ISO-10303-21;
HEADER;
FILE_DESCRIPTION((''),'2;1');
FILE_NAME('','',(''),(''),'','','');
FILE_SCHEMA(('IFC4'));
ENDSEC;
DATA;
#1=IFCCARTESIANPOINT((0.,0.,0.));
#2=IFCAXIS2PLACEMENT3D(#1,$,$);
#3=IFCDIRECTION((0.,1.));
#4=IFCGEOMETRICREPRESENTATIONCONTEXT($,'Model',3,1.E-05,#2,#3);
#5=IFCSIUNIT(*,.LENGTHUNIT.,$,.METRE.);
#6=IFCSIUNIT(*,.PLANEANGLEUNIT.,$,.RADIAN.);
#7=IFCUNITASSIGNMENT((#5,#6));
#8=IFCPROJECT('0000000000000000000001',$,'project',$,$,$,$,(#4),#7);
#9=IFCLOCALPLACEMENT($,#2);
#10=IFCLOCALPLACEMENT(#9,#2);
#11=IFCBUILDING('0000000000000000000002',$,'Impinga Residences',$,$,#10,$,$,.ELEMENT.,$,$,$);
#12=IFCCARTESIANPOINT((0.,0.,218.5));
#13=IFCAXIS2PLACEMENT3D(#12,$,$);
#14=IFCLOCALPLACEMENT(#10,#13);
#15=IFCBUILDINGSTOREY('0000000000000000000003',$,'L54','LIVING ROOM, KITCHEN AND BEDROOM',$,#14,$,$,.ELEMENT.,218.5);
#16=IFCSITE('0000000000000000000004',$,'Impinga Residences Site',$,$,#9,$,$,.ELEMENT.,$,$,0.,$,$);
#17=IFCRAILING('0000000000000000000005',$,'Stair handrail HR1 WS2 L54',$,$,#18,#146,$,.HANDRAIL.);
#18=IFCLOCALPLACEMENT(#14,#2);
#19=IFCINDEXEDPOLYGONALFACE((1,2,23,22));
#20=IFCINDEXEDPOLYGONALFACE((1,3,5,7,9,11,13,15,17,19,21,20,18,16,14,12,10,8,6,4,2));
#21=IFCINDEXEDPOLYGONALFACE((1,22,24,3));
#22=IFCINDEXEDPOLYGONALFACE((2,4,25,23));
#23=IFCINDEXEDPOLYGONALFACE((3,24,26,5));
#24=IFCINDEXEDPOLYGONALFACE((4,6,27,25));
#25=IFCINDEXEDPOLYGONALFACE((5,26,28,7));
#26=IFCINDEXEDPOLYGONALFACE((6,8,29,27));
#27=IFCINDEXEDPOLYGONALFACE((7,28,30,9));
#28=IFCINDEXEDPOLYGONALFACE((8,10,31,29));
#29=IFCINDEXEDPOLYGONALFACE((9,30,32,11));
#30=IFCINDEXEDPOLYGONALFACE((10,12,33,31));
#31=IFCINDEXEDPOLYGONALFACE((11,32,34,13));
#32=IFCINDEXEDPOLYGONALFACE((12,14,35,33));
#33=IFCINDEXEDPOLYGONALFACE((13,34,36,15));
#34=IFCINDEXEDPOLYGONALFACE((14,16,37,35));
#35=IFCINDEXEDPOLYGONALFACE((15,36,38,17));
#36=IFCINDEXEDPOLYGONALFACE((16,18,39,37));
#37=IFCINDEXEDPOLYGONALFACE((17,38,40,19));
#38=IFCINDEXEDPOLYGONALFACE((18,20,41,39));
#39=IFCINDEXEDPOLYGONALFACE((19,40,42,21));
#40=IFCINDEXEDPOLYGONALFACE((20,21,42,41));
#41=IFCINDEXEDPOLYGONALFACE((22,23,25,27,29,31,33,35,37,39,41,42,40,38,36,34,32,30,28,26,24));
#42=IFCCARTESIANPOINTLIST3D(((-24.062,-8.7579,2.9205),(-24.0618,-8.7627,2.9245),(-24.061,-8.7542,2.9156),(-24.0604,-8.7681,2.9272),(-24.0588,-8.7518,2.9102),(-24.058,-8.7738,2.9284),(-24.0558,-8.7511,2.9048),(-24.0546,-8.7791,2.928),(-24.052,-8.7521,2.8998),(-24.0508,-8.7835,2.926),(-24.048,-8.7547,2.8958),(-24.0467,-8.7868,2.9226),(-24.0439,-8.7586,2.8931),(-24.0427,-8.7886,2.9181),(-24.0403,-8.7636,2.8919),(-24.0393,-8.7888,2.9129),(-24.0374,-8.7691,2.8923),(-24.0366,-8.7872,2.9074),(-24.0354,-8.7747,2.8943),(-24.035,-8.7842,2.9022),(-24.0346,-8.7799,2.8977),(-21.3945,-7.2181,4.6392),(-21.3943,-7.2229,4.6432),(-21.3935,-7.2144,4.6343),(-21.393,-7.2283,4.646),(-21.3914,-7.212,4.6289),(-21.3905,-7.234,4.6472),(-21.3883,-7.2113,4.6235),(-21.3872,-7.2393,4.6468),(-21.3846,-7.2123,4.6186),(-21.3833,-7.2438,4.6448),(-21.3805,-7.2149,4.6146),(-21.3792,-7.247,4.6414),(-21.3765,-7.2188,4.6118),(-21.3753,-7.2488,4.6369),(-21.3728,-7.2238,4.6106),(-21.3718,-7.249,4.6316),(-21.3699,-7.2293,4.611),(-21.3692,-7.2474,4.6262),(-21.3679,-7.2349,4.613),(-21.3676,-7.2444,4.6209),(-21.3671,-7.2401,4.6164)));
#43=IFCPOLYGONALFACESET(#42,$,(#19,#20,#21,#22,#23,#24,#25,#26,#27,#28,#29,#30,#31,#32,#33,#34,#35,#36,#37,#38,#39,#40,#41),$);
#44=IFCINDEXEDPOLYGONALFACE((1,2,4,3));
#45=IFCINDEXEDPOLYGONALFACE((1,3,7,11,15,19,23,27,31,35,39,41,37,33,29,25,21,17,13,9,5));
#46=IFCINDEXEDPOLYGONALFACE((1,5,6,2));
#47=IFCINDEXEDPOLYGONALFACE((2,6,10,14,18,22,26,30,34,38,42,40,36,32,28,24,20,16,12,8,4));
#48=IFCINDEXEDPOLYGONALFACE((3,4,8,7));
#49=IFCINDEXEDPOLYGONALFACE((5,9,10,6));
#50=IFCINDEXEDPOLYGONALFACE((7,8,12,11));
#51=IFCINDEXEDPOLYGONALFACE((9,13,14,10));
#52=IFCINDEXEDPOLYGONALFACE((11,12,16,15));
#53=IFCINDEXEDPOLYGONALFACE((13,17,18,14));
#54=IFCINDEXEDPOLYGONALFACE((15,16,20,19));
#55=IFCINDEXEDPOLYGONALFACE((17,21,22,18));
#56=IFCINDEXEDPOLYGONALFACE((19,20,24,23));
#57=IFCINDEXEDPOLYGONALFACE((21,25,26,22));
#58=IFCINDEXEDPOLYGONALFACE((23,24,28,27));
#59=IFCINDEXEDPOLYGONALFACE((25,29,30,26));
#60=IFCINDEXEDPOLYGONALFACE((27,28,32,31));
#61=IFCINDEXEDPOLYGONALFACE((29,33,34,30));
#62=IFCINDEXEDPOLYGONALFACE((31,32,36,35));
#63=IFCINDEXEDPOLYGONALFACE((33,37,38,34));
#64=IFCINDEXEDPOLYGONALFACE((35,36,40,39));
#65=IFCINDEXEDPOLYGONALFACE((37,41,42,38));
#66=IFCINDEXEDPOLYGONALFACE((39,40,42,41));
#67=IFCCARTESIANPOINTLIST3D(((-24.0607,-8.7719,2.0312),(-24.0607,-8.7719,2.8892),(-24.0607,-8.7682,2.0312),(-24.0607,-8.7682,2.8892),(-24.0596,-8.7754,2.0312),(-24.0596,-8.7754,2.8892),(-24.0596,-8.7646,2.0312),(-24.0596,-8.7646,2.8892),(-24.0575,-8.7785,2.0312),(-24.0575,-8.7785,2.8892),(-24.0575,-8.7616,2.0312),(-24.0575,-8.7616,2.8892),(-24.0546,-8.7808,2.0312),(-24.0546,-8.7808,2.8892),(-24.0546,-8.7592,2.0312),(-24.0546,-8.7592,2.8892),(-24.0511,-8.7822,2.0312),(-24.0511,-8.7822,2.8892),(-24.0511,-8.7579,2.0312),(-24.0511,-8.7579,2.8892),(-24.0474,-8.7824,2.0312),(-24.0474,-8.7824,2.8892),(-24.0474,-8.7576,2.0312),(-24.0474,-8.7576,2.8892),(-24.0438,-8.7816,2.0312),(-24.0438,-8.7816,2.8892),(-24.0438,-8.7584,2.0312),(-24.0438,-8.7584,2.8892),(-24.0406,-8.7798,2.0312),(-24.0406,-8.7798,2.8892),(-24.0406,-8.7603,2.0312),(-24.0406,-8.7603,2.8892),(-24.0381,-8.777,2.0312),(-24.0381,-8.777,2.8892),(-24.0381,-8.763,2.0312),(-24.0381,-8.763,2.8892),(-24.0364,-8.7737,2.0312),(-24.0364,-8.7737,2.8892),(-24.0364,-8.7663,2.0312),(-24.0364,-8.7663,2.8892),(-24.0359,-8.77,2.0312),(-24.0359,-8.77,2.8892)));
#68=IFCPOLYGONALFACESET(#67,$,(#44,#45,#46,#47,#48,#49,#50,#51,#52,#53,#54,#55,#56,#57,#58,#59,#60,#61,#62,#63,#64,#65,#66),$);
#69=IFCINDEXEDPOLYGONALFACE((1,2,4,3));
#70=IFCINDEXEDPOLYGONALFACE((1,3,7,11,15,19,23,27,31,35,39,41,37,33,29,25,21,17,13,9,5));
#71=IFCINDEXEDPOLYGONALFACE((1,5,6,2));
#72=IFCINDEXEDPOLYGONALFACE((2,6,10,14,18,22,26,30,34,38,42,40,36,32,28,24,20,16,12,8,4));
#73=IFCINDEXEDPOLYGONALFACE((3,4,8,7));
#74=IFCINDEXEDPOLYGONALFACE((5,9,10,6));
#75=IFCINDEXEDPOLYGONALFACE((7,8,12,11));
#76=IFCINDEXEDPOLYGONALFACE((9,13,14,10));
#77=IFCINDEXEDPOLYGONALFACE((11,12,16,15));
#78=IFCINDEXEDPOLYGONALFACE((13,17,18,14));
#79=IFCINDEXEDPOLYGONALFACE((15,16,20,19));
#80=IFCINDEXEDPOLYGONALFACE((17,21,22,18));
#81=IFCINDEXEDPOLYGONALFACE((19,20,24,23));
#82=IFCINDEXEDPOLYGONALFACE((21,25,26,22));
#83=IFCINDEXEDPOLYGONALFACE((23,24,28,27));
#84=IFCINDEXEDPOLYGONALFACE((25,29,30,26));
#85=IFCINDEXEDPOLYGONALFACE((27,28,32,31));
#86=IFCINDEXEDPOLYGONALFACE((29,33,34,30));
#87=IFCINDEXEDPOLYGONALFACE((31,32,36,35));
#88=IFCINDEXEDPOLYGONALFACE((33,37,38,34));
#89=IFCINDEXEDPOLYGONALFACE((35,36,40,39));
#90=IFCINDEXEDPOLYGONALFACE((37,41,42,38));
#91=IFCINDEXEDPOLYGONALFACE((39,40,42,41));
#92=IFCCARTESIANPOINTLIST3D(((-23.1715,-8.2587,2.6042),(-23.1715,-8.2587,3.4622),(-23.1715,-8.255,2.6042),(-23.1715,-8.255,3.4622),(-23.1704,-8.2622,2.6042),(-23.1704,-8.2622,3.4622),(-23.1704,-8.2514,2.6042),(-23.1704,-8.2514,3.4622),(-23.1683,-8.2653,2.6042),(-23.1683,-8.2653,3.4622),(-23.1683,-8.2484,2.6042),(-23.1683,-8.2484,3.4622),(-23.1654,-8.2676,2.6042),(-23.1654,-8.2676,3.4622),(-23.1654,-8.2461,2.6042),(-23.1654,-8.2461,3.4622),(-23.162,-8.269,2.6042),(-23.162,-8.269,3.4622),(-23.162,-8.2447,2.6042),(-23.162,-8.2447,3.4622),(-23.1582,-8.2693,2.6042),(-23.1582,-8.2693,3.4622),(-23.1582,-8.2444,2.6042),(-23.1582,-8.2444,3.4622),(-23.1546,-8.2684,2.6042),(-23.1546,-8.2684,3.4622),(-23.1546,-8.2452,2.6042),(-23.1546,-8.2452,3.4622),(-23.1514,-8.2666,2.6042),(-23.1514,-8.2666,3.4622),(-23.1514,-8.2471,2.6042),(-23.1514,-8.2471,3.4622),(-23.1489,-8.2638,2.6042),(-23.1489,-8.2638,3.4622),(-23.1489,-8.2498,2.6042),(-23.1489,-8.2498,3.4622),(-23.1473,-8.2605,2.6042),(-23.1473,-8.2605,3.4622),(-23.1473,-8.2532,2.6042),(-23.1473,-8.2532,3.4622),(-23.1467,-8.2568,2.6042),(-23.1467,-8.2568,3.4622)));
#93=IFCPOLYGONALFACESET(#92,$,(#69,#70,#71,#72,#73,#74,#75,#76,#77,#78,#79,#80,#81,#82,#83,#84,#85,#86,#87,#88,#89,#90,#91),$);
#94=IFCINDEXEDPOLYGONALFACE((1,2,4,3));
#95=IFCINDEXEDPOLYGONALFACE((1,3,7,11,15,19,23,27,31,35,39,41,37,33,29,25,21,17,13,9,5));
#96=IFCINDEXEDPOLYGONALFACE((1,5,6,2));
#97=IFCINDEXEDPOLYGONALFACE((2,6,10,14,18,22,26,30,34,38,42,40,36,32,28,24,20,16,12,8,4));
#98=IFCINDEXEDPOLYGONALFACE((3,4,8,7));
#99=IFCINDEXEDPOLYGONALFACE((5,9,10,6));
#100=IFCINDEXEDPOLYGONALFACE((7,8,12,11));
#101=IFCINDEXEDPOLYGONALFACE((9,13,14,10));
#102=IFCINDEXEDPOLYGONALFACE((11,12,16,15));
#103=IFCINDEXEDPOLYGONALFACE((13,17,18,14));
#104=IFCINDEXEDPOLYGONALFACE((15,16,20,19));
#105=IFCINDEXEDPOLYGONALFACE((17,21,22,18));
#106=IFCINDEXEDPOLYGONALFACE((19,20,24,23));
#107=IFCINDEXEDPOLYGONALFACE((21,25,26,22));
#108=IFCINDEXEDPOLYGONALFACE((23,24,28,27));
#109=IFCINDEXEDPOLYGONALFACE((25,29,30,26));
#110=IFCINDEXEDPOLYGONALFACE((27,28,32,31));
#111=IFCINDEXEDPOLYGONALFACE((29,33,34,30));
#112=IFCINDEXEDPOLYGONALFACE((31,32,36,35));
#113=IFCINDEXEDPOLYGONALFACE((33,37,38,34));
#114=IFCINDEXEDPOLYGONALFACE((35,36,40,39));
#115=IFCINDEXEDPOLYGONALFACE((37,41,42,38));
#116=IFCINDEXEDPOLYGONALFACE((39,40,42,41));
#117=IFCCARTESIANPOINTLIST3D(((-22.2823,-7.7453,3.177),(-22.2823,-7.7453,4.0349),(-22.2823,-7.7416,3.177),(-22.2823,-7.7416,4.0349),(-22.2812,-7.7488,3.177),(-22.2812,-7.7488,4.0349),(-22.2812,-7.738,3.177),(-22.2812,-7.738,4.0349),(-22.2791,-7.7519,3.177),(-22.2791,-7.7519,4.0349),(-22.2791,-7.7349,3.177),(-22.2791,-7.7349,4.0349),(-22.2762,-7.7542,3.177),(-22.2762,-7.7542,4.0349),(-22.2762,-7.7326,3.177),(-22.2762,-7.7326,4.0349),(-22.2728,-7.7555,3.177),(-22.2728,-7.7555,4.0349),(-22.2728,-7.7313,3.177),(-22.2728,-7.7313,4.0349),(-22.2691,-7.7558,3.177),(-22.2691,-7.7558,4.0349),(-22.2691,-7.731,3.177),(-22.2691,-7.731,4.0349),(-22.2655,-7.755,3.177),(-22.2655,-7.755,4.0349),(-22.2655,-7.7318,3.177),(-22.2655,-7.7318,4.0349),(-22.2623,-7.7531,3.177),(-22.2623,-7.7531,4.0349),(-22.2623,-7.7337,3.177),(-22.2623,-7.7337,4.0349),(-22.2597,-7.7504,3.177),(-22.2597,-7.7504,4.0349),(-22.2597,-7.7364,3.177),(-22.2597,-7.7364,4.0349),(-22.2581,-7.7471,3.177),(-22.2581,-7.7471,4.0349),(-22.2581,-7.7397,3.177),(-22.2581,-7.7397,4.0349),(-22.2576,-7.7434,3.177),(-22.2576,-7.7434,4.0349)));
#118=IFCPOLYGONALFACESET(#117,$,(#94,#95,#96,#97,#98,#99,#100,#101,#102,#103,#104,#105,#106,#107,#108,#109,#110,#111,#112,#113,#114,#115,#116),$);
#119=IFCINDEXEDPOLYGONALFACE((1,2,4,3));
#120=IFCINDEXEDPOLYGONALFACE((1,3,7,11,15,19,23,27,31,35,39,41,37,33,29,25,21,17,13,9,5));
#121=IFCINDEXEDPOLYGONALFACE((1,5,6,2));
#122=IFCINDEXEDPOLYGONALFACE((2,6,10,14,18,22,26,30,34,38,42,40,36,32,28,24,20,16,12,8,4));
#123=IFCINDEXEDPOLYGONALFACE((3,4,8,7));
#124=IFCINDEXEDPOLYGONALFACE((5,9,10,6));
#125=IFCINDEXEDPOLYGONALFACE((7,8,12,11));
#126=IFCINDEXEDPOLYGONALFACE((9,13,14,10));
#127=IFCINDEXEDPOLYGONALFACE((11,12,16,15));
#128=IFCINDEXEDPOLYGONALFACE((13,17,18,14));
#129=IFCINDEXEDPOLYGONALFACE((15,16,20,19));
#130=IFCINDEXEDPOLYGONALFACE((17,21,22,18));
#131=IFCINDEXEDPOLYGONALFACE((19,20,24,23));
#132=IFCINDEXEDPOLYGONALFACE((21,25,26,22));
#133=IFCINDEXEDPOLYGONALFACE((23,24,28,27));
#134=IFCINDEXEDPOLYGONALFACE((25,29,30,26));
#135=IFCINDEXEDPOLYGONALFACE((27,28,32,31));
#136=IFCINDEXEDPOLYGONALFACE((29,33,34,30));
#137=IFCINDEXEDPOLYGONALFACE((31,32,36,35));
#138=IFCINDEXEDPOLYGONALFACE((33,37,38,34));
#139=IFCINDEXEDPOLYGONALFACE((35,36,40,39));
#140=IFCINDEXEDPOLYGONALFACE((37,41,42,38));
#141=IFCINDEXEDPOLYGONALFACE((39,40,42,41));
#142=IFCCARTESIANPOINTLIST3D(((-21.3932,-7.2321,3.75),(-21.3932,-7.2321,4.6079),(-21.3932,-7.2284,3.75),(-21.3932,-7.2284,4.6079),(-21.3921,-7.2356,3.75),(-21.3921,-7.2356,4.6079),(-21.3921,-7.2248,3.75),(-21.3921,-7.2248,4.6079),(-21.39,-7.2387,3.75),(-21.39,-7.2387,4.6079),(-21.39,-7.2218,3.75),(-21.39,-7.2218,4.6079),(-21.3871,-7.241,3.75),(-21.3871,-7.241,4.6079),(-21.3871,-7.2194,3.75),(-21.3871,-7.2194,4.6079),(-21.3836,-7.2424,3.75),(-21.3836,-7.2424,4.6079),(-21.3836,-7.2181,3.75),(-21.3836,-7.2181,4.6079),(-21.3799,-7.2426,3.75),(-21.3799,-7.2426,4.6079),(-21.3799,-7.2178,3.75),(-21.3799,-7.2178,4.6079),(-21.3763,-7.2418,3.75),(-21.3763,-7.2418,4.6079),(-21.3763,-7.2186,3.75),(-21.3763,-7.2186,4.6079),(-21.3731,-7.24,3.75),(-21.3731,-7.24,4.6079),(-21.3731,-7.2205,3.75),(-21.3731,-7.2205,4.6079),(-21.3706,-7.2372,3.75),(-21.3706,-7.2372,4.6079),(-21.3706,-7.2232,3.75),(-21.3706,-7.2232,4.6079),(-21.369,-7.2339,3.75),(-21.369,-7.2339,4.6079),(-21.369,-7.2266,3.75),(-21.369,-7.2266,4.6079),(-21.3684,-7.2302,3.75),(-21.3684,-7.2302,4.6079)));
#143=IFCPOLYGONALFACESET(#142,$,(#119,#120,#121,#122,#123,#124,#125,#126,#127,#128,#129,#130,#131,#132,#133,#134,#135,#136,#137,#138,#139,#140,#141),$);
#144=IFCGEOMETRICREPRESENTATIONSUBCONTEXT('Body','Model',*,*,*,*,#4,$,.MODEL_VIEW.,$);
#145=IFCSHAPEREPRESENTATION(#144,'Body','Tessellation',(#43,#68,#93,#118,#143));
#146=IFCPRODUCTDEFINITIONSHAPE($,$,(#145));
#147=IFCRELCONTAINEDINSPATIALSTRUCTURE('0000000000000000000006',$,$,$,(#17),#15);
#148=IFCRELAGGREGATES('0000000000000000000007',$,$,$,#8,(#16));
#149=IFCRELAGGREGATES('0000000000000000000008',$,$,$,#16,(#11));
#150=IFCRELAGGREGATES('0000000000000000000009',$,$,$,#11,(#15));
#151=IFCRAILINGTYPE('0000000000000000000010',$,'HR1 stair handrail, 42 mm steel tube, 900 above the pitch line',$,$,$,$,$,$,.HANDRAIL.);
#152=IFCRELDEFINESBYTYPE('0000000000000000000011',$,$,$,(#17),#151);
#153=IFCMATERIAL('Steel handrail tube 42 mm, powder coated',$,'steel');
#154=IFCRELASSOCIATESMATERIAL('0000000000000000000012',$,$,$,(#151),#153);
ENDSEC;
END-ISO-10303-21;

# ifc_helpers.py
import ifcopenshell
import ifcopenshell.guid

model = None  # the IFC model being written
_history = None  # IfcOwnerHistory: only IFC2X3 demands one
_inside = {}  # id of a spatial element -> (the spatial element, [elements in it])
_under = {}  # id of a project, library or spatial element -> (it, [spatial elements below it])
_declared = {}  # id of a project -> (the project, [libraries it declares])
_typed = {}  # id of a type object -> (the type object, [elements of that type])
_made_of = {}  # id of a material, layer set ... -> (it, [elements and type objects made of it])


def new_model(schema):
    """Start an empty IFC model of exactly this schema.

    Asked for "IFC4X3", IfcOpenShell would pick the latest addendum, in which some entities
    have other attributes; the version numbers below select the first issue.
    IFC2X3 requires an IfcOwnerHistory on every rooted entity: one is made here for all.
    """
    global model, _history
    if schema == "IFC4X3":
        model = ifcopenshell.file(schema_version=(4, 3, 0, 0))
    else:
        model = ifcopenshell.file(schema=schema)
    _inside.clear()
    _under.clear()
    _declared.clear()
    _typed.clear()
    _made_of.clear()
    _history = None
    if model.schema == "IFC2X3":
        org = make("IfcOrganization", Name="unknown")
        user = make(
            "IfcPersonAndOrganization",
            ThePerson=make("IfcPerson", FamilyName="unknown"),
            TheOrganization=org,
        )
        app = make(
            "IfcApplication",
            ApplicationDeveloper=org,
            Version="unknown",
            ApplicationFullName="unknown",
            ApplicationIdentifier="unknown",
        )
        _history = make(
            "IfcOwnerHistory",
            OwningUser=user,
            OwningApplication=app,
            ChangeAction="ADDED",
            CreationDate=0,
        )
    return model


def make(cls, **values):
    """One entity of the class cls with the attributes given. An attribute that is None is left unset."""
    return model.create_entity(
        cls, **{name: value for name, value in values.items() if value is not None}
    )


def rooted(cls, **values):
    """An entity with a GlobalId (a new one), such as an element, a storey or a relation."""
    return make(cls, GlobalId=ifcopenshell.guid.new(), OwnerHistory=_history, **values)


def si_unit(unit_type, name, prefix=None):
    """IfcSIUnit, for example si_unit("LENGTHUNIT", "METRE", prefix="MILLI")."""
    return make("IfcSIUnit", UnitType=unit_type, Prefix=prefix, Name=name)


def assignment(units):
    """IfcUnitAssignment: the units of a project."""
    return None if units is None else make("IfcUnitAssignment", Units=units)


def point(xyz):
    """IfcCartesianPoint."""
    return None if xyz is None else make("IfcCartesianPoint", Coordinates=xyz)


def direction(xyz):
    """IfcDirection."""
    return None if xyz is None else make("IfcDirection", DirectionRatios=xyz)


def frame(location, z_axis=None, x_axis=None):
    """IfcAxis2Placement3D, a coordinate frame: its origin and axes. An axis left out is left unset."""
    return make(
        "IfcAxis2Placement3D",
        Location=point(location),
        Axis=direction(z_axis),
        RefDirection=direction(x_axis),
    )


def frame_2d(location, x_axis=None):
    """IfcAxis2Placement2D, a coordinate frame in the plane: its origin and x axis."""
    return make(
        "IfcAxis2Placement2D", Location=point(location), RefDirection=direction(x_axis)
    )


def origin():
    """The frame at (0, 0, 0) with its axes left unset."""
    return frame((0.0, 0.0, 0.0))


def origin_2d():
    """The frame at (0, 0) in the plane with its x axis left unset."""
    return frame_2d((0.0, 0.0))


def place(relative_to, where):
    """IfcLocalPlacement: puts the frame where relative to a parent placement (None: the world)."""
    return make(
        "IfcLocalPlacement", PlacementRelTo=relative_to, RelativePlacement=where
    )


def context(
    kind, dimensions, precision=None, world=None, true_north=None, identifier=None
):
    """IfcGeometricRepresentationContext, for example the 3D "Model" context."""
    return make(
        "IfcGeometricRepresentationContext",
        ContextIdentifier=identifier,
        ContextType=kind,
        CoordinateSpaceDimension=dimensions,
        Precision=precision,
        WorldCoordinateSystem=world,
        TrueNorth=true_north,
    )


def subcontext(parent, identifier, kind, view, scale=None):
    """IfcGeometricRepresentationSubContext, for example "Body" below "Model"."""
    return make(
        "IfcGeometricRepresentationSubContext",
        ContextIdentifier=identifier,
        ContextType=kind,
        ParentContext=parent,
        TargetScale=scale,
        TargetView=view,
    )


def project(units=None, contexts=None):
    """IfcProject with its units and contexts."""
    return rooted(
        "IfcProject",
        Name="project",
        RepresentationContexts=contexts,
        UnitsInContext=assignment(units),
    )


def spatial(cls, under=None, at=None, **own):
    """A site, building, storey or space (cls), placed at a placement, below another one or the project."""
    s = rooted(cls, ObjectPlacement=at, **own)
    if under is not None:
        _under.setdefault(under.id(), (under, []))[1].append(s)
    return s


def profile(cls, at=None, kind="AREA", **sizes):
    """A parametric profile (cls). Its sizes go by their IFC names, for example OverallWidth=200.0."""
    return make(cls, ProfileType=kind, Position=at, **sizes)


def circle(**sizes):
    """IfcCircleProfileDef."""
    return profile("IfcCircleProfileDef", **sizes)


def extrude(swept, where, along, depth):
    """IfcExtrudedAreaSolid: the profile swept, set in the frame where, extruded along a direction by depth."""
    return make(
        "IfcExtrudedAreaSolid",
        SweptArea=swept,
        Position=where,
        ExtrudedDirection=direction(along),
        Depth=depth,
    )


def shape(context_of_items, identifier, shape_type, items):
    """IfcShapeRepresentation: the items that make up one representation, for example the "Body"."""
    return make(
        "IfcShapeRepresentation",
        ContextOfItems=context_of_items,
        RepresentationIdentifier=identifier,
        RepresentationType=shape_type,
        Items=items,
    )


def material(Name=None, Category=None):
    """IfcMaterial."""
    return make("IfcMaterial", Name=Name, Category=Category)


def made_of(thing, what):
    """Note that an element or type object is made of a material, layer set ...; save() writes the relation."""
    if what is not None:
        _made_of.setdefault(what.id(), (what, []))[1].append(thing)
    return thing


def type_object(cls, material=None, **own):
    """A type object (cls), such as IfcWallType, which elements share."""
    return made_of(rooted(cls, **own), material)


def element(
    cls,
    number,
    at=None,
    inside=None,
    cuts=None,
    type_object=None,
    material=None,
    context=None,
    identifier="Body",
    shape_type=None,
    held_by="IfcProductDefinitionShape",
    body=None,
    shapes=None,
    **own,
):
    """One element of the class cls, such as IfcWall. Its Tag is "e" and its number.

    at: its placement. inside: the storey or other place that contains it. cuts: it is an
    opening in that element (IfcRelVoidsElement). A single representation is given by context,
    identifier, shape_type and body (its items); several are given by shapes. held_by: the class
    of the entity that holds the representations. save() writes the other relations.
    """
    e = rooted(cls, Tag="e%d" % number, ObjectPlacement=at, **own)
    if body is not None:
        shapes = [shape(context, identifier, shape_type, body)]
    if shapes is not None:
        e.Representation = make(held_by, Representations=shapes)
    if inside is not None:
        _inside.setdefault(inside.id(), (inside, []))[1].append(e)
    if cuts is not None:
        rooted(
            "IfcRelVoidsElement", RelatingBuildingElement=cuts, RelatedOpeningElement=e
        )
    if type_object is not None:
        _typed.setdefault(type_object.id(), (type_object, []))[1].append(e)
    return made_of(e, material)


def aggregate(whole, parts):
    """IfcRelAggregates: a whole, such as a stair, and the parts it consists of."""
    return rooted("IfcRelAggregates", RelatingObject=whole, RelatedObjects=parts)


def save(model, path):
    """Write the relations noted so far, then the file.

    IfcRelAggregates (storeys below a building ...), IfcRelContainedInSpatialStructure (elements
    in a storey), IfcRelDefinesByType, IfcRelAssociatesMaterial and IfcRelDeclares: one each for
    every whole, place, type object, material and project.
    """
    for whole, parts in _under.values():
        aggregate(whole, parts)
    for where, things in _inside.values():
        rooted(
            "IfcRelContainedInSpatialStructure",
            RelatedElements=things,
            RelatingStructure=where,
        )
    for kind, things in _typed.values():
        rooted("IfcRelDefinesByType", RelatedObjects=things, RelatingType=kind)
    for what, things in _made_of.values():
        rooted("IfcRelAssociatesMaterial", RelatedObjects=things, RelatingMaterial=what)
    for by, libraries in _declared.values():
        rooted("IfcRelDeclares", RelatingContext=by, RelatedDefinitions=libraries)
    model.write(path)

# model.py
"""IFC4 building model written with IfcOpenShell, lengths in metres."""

from ifc_helpers import new_model, si_unit, direction, frame, origin, origin_2d, place, context, subcontext, project, spatial, circle, extrude, material, type_object, element, save


model = new_model("IFC4")

# Units and contexts
model_context = context("Model", 3, precision=1e-05, world=origin(), true_north=direction((0.0, 1.0)))
body_context = subcontext(model_context, "Body", "Model", "MODEL_VIEW")
ifc_project = project(units=[si_unit("LENGTHUNIT", "METRE"), si_unit("PLANEANGLEUNIT", "RADIAN")], contexts=[model_context])

# Site, building, storey
site_placement = place(None, origin())
site = spatial("IfcSite", under=ifc_project, at=site_placement, Name="Impinga Residences Site", CompositionType="ELEMENT", RefElevation=0.0)
building_placement = place(site_placement, origin())
building = spatial("IfcBuilding", under=site, at=building_placement, Name="Impinga Residences", CompositionType="ELEMENT")
storey_placement = place(building_placement, frame((0.0, 0.0, 218.5)))
storey = spatial("IfcBuildingStorey", under=building, at=storey_placement, Name="L54", Description="LIVING ROOM, KITCHEN AND BEDROOM", CompositionType="ELEMENT", Elevation=218.5)

# Railing
ifc_material_1 = material(Name="Steel handrail tube 42 mm, powder coated", Category="steel")
railing_type = type_object("IfcRailingType", Name="HR1 stair handrail, 42 mm steel tube, 900 above the pitch line", PredefinedType="HANDRAIL", material=ifc_material_1)
railing_1_placement = place(storey_placement, frame((-24.0483, -8.77, 2.0312)))
element("IfcRailing", 1, at=railing_1_placement, inside=storey, type_object=railing_type, Name="Stair handrail HR1 WS2 L54", PredefinedType="HANDRAIL", context=body_context, shape_type="SweptSolid", body=[
    extrude(circle(Radius=0.021, at=origin_2d()), frame((0.0, 0.0, 0.8789), z_axis=(0.756279, 0.43656, 0.487297), x_axis=(-0.499933, 0.866064, 0.0)), (0.0, 0.0, 1.0), 3.5271),
    extrude(circle(Radius=0.0125, at=origin_2d()), origin(), (0.0, 0.0, 1.0), 0.8579),
    extrude(circle(Radius=0.0125, at=origin_2d()), frame((0.8892, 0.5132, 0.573)), (0.0, 0.0, 1.0), 0.8579),
    extrude(circle(Radius=0.0125, at=origin_2d()), frame((1.7783, 1.0266, 1.1458)), (0.0, 0.0, 1.0), 0.8579),
    extrude(circle(Radius=0.0125, at=origin_2d()), frame((2.6675, 1.5398, 1.7188)), (0.0, 0.0, 1.0), 0.8579),
])

save(model, "model.ifc")
